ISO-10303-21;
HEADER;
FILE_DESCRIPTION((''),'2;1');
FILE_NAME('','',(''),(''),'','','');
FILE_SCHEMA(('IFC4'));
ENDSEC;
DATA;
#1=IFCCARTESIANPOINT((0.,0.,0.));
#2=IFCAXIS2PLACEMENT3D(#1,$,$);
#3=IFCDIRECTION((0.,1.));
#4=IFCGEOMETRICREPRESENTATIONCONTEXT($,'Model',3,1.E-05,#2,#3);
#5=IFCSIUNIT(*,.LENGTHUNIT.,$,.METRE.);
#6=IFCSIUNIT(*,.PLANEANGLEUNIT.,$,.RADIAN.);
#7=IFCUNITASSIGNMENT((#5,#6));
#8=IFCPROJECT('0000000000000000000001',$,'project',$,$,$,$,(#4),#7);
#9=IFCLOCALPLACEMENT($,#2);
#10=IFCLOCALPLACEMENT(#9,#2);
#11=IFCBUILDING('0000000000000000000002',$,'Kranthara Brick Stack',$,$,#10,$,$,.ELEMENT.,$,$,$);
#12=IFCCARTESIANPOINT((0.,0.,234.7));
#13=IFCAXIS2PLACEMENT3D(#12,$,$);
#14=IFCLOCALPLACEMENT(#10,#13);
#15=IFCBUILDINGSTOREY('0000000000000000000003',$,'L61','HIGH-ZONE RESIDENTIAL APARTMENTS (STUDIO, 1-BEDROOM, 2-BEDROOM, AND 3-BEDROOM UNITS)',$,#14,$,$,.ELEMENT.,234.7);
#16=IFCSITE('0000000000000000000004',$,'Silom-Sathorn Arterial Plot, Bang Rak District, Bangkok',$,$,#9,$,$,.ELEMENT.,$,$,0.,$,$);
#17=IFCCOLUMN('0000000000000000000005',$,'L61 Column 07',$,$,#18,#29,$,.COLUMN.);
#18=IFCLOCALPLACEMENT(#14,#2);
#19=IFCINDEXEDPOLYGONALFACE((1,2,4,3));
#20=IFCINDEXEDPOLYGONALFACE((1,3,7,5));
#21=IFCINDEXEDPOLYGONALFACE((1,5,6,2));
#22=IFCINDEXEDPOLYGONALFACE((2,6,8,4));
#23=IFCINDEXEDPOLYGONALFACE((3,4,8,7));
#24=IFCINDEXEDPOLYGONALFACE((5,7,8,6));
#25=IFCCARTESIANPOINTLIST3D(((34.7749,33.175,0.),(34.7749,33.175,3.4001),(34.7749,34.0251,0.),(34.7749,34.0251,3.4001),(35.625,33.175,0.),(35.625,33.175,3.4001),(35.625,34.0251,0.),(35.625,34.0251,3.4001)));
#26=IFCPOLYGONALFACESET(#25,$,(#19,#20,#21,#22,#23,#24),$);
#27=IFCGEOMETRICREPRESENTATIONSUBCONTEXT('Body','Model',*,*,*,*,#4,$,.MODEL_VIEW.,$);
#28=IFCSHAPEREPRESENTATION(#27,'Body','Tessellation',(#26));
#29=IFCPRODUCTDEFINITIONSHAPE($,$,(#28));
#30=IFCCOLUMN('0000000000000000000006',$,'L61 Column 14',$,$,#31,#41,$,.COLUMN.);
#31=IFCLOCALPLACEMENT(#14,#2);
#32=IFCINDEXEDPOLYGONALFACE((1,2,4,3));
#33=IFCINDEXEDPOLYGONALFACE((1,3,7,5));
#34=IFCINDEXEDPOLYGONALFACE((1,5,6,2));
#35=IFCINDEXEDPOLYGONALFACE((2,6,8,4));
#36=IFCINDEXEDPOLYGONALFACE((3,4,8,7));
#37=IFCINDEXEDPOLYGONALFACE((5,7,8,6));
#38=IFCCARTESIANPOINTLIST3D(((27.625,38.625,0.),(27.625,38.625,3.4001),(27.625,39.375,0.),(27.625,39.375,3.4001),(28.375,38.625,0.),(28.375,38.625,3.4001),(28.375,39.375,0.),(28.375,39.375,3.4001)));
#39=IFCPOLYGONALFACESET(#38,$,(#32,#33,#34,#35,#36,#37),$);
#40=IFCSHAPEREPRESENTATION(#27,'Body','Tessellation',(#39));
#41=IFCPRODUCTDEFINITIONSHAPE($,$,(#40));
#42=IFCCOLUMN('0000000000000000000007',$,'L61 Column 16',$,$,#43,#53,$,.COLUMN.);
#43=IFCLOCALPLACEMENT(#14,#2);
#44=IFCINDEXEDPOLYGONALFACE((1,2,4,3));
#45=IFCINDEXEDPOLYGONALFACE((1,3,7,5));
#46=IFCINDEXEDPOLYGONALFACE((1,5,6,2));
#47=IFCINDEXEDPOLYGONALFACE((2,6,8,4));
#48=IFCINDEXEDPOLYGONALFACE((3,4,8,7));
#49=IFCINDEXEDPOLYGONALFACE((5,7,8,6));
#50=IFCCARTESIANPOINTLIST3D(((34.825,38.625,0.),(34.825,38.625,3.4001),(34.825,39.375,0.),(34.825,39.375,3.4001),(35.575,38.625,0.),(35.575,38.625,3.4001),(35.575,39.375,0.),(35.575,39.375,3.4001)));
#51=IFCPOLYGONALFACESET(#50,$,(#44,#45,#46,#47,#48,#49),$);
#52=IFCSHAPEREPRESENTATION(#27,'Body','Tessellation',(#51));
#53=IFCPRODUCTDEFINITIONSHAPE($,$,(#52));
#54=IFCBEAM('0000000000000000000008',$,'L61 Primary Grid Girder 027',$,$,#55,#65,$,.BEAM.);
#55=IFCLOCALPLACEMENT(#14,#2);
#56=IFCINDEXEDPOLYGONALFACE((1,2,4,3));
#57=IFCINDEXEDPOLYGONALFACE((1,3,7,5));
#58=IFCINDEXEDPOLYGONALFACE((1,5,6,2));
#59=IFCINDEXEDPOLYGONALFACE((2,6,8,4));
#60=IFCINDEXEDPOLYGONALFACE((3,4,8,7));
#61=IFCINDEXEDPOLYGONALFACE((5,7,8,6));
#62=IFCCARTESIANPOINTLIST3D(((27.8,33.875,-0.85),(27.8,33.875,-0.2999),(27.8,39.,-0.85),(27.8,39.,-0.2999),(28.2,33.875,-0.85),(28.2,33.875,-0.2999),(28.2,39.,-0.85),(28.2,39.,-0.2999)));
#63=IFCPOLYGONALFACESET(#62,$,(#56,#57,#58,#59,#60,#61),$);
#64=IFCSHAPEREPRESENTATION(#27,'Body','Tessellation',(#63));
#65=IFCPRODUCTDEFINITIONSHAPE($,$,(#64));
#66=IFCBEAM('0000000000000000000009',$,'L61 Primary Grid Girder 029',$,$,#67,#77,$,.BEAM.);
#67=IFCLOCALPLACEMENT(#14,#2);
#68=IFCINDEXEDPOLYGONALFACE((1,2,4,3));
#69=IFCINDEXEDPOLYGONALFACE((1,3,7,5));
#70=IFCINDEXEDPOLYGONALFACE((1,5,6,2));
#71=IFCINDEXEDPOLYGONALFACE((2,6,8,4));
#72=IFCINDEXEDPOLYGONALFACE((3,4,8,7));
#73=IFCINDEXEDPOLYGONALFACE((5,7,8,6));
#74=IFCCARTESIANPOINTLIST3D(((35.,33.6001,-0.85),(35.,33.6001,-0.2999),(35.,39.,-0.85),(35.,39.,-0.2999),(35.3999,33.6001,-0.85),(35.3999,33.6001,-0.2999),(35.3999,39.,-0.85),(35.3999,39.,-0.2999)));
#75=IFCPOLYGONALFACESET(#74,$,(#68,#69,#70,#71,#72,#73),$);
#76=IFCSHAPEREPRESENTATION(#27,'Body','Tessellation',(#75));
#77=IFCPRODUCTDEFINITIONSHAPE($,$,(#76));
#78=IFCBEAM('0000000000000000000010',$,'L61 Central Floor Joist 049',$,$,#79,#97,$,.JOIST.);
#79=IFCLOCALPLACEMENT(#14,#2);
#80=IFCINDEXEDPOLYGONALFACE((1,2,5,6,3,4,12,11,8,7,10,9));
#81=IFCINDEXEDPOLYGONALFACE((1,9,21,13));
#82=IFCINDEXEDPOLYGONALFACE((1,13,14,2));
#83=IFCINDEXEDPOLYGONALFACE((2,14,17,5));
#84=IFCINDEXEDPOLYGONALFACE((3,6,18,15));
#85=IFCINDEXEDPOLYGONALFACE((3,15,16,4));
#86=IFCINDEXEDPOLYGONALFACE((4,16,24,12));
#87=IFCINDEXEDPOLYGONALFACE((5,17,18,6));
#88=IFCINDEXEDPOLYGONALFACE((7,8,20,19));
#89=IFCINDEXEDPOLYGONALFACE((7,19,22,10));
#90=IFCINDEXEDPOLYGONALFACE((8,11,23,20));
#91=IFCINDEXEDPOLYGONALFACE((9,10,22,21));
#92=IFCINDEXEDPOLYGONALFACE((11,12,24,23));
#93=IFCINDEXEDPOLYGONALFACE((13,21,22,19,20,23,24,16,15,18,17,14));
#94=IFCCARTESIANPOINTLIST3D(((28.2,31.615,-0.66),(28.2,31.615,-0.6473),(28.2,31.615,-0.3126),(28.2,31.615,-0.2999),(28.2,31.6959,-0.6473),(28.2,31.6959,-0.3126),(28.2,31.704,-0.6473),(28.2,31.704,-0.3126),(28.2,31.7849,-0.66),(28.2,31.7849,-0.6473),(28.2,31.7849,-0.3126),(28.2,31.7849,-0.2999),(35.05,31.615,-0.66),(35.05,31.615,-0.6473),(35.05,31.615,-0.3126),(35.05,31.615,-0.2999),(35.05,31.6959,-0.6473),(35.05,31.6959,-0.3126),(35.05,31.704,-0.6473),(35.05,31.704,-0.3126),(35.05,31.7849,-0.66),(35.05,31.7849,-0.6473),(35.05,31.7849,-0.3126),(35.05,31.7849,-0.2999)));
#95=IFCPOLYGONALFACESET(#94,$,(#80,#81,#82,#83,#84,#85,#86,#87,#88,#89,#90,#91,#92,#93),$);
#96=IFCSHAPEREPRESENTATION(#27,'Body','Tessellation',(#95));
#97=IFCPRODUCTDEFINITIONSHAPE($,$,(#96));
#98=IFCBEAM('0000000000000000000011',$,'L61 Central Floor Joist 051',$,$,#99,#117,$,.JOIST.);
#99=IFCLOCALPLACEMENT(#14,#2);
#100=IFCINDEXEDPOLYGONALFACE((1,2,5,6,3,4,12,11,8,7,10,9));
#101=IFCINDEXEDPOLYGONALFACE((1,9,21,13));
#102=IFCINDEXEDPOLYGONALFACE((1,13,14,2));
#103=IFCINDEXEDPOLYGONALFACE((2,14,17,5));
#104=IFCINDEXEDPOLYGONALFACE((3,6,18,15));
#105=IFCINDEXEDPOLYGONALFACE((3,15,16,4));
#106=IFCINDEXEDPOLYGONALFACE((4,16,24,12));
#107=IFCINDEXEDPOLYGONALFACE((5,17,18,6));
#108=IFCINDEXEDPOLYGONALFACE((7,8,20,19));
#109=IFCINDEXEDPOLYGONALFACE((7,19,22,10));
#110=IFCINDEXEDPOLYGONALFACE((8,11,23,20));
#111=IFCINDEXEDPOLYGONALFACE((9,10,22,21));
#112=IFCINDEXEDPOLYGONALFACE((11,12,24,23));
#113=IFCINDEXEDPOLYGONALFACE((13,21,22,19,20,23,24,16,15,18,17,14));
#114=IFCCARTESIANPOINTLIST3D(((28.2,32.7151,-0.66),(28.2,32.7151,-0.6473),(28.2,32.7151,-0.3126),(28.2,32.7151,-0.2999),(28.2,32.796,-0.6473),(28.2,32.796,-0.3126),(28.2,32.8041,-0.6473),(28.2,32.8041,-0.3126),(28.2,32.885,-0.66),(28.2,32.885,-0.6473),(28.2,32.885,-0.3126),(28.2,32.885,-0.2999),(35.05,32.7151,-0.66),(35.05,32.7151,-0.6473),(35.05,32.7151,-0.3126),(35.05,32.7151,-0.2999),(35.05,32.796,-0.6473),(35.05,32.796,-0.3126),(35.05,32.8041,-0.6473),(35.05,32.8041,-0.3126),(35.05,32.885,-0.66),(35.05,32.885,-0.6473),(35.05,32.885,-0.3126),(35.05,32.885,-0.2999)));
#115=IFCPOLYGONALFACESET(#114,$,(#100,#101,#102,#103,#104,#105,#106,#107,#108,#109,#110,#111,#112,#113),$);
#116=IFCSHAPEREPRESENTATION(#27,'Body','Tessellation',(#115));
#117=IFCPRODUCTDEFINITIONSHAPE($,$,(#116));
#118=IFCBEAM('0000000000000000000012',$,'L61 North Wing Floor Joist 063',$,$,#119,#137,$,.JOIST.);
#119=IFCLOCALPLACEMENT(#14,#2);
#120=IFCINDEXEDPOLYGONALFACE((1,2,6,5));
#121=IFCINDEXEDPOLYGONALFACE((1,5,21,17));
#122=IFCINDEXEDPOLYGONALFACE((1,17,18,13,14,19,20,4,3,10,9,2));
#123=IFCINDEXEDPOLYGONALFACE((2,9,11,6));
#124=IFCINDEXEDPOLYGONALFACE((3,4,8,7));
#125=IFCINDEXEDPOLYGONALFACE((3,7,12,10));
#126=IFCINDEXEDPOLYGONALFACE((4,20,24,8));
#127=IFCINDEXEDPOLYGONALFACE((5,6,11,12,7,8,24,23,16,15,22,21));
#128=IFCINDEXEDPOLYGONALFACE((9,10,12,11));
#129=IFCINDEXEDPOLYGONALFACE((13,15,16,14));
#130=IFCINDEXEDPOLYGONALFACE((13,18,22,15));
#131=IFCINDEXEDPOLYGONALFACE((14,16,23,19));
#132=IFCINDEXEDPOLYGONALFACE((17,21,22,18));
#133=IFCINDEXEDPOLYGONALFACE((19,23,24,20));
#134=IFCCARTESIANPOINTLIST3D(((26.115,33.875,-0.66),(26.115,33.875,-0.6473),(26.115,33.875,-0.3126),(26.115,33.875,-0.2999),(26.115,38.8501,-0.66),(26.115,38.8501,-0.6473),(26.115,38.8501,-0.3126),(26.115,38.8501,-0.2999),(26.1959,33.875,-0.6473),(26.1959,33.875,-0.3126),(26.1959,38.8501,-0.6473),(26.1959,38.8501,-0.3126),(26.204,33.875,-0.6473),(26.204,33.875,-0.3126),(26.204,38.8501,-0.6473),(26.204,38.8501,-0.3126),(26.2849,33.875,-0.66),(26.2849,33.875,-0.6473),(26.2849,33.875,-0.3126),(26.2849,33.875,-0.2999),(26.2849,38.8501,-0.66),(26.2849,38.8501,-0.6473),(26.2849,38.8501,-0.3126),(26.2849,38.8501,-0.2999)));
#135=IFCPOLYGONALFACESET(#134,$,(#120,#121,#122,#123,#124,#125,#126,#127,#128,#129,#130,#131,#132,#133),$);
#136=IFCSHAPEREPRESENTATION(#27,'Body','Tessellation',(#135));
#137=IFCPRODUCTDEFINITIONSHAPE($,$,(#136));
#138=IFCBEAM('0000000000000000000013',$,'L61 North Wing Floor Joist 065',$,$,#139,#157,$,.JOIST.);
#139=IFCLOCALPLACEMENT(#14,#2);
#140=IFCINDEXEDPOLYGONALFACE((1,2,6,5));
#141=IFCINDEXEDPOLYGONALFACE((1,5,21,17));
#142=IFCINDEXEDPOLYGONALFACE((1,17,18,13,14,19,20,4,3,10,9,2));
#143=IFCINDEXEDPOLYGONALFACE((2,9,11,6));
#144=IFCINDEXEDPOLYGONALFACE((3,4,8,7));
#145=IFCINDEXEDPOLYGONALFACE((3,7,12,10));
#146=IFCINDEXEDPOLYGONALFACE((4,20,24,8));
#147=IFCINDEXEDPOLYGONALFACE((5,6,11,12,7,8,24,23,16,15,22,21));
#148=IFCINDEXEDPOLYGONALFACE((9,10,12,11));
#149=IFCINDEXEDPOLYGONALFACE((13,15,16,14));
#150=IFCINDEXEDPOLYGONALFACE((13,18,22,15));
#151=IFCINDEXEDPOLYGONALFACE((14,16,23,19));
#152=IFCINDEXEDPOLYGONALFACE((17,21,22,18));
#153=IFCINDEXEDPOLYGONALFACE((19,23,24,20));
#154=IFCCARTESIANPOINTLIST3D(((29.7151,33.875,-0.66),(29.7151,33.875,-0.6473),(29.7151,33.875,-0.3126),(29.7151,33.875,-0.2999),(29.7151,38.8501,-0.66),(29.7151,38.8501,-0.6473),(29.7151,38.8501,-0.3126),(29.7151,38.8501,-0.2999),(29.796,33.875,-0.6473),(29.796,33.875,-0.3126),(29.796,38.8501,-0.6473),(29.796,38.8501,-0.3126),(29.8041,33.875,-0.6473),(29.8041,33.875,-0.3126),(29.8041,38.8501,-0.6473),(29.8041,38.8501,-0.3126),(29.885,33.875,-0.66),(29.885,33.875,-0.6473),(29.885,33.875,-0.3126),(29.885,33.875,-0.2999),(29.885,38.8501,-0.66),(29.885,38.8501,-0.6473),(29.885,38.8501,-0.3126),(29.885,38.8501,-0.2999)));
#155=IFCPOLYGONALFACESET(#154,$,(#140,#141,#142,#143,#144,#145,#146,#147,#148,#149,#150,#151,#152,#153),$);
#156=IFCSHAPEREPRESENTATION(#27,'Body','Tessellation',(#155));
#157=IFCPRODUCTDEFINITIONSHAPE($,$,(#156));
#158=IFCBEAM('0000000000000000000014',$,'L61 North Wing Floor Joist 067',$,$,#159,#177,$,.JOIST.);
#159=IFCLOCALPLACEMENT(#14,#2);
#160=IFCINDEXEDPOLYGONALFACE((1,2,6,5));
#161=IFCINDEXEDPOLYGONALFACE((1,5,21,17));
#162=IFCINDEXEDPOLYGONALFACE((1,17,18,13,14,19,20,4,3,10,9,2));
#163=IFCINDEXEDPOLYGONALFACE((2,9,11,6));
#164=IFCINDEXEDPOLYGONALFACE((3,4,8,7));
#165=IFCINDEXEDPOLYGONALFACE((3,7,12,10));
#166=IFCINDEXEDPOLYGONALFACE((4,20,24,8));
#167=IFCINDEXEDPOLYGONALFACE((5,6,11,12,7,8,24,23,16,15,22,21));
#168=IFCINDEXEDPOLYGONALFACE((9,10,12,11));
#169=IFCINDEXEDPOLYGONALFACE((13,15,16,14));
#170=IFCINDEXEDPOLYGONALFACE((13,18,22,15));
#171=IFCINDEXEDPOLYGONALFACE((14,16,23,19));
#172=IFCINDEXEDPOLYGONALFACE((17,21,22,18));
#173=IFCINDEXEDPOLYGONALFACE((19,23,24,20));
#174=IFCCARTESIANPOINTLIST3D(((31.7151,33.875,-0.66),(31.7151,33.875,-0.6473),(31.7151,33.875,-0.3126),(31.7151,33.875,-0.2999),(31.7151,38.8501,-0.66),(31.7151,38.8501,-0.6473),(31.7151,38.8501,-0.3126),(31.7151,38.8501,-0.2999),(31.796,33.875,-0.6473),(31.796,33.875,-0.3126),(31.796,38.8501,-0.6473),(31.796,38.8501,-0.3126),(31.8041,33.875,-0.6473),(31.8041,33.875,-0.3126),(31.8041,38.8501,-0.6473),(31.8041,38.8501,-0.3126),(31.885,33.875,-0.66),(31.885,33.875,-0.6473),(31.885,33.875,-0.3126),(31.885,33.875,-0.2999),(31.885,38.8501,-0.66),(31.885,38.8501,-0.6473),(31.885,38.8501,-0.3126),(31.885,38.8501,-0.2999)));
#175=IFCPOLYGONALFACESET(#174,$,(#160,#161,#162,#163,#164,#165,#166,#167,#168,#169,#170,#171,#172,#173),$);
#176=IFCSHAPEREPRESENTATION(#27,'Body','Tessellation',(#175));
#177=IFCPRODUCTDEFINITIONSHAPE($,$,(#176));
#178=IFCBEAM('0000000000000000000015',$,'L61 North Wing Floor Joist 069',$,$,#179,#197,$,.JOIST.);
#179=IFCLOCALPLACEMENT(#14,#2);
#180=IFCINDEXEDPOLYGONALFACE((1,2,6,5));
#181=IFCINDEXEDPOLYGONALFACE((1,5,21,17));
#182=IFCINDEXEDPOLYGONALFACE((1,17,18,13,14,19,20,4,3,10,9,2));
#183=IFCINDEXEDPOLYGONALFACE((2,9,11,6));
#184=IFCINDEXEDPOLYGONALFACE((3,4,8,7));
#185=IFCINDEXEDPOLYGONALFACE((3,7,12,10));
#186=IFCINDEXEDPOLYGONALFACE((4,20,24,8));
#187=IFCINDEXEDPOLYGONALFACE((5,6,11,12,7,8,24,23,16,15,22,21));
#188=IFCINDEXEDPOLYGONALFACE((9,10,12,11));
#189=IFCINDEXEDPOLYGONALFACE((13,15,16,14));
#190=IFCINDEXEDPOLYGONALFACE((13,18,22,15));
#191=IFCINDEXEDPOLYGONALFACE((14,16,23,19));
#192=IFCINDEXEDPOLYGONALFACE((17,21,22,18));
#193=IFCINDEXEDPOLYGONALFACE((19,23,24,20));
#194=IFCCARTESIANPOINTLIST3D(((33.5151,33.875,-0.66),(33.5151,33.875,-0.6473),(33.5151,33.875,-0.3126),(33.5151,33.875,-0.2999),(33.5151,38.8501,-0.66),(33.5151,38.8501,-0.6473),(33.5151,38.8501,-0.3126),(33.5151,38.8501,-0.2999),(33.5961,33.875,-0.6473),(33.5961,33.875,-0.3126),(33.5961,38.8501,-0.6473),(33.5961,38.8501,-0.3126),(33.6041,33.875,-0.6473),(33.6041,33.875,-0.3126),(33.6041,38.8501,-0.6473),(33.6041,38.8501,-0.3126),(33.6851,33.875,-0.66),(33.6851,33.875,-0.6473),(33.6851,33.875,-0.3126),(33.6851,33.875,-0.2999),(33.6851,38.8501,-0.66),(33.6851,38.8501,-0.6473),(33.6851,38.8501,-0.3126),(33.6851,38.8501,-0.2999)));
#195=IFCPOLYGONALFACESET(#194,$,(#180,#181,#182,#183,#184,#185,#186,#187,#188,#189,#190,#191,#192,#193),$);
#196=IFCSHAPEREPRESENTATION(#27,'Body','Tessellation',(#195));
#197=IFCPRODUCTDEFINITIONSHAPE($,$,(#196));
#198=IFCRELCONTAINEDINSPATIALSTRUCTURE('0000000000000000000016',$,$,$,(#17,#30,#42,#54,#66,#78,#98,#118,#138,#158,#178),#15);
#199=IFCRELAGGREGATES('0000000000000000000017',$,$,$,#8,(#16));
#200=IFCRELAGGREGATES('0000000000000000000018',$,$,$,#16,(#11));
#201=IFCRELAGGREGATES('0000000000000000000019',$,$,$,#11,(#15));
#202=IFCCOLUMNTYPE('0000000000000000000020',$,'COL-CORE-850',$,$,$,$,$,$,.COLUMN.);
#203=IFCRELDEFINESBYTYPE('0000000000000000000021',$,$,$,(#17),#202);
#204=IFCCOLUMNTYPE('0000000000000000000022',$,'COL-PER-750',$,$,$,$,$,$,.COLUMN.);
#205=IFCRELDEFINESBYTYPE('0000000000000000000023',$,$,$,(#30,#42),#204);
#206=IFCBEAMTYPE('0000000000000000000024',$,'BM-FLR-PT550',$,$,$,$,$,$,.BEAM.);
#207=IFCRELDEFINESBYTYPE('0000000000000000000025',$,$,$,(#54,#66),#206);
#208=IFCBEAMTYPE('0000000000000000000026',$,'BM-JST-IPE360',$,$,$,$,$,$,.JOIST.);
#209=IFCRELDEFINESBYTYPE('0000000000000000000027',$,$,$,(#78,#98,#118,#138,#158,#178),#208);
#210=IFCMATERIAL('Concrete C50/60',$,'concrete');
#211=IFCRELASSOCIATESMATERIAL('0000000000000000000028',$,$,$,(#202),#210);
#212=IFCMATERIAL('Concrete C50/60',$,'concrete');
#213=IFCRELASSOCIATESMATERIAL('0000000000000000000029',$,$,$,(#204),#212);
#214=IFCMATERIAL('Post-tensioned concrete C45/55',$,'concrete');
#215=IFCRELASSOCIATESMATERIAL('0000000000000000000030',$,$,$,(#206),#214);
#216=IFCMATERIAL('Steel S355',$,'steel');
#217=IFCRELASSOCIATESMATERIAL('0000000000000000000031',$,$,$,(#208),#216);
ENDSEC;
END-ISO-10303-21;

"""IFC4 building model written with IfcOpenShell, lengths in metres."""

from ifc_helpers import new_model, si_unit, direction, frame, origin, origin_2d, place, context, subcontext, project, spatial, rectangle, i_section, extrude, material, material_profile, profile_set, type_object, element, save


model = new_model("IFC4")

# Units and contexts
model_context = context("Model", 3, precision=1e-05, world=origin(), true_north=direction((0.0, 1.0)))
body_context = subcontext(model_context, "Body", "Model", "MODEL_VIEW")
ifc_project = project(units=[si_unit("LENGTHUNIT", "METRE"), si_unit("PLANEANGLEUNIT", "RADIAN")], contexts=[model_context])

# Site, building, storey
site_placement = place(None, origin())
site = spatial("IfcSite", under=ifc_project, at=site_placement, Name="Silom-Sathorn Arterial Plot, Bang Rak District, Bangkok", CompositionType="ELEMENT", RefElevation=0.0)
building_placement = place(site_placement, origin())
building = spatial("IfcBuilding", under=site, at=building_placement, Name="Kranthara Brick Stack", CompositionType="ELEMENT")
storey_placement = place(building_placement, frame((0.0, 0.0, 234.7)))
storey = spatial("IfcBuildingStorey", under=building, at=storey_placement, Name="L61", Description="HIGH-ZONE RESIDENTIAL APARTMENTS (STUDIO, 1-BEDROOM, 2-BEDROOM, AND 3-BEDROOM UNITS)", CompositionType="ELEMENT", Elevation=234.7)

# Columns
ifc_material_1 = material(Name="Concrete C50/60", Category="concrete")
ifc_material_profile_1 = material_profile(ifc_material_1, rectangle(XDim=0.8501, YDim=0.8501, at=origin_2d()), Name="RC 850x850")
ifc_profile_set_1 = profile_set([ifc_material_profile_1], Name="Concrete C50/60")
column_type_1 = type_object("IfcColumnType", Name="COL-CORE-850", PredefinedType="COLUMN", material=ifc_profile_set_1)
column_placement = place(storey_placement, frame((35.2, 33.6001, 0.0), z_axis=(0.0, 0.0, 1.0), x_axis=(1.0, 0.0, 0.0)))
element("IfcColumn", 1, at=column_placement, inside=storey, type_object=column_type_1, Name="L61 Column 07", PredefinedType="COLUMN", context=body_context, shape_type="SweptSolid", body=[
    extrude(rectangle(XDim=0.8501, YDim=0.8501, at=origin_2d()), origin(), (0.0, 0.0, 1.0), 3.4001),
])
ifc_material_2 = material(Name="Concrete C50/60", Category="concrete")
ifc_material_profile_2 = material_profile(ifc_material_2, rectangle(XDim=0.75, YDim=0.75, at=origin_2d()), Name="RC 750x750")
ifc_profile_set_2 = profile_set([ifc_material_profile_2], Name="Concrete C50/60")
column_type_2 = type_object("IfcColumnType", Name="COL-PER-750", PredefinedType="COLUMN", material=ifc_profile_set_2)
for number, where, z_axis, x_axis, name in (
    (2, (28.0, 39.0, 0.0), (0.0, 0.0, 1.0), (1.0, 0.0, 0.0), "L61 Column 14"),
    (3, (35.2, 39.0, 0.0), (0.0, 0.0, 1.0), (1.0, 0.0, 0.0), "L61 Column 16"),
):
    element("IfcColumn", number, at=place(storey_placement, frame(where, z_axis=z_axis, x_axis=x_axis)), inside=storey, type_object=column_type_2, Name=name, PredefinedType="COLUMN", context=body_context, shape_type="SweptSolid", body=[
        extrude(rectangle(XDim=0.75, YDim=0.75, at=origin_2d()), origin(), (0.0, 0.0, 1.0), 3.4001),
    ])

# Beams
ifc_material_3 = material(Name="Post-tensioned concrete C45/55", Category="concrete")
ifc_material_profile_3 = material_profile(ifc_material_3, rectangle(XDim=0.3999, YDim=0.55, at=origin_2d()), Name="PT 400x550")
ifc_profile_set_3 = profile_set([ifc_material_profile_3], Name="Post-tensioned concrete C45/55")
beam_type_1 = type_object("IfcBeamType", Name="BM-FLR-PT550", PredefinedType="BEAM", material=ifc_profile_set_3)
beam_1_placement = place(storey_placement, frame((28.0, 33.875, -0.575), z_axis=(0.0, 1.0, 0.0), x_axis=(-1.0, 0.0, 0.0)))
element("IfcBeam", 4, at=beam_1_placement, inside=storey, type_object=beam_type_1, Name="L61 Primary Grid Girder 027", PredefinedType="BEAM", context=body_context, shape_type="SweptSolid", body=[
    extrude(rectangle(XDim=0.3999, YDim=0.55, at=origin_2d()), origin(), (0.0, 0.0, 1.0), 5.125),
])
beam_2_placement = place(storey_placement, frame((35.2, 33.6001, -0.575), z_axis=(0.0, 1.0, 0.0), x_axis=(-1.0, 0.0, 0.0)))
element("IfcBeam", 5, at=beam_2_placement, inside=storey, type_object=beam_type_1, Name="L61 Primary Grid Girder 029", PredefinedType="BEAM", context=body_context, shape_type="SweptSolid", body=[
    extrude(rectangle(XDim=0.3999, YDim=0.55, at=origin_2d()), origin(), (0.0, 0.0, 1.0), 5.3999),
])
ifc_material_4 = material(Name="Steel S355", Category="steel")
ifc_material_profile_4 = material_profile(ifc_material_4, i_section(OverallWidth=0.1699, OverallDepth=0.3601, WebThickness=0.0081, FlangeThickness=0.0127, at=origin_2d()), Name="IPE 360")
ifc_profile_set_4 = profile_set([ifc_material_profile_4], Name="Steel S355")
beam_type_2 = type_object("IfcBeamType", Name="BM-JST-IPE360", PredefinedType="JOIST", material=ifc_profile_set_4)
for number, where, z_axis, x_axis, name in (
    (6, (28.2, 31.7, -0.48), (1.0, 0.0, 0.0), (0.0, 1.0, 0.0), "L61 Central Floor Joist 049"),
    (7, (28.2, 32.8, -0.48), (1.0, 0.0, 0.0), (0.0, 1.0, 0.0), "L61 Central Floor Joist 051"),
):
    element("IfcBeam", number, at=place(storey_placement, frame(where, z_axis=z_axis, x_axis=x_axis)), inside=storey, type_object=beam_type_2, Name=name, PredefinedType="JOIST", context=body_context, shape_type="SweptSolid", body=[
        extrude(i_section(OverallWidth=0.1699, OverallDepth=0.3601, WebThickness=0.0081, FlangeThickness=0.0127, at=origin_2d()), origin(), (0.0, 0.0, 1.0), 6.8501),
    ])
for number, where, z_axis, x_axis, name in (
    (8, (26.2, 33.875, -0.48), (0.0, 1.0, 0.0), (-1.0, 0.0, 0.0), "L61 North Wing Floor Joist 063"),
    (9, (29.8, 33.875, -0.48), (0.0, 1.0, 0.0), (-1.0, 0.0, 0.0), "L61 North Wing Floor Joist 065"),
    (10, (31.8, 33.875, -0.48), (0.0, 1.0, 0.0), (-1.0, 0.0, 0.0), "L61 North Wing Floor Joist 067"),
    (11, (33.6001, 33.875, -0.48), (0.0, 1.0, 0.0), (-1.0, 0.0, 0.0), "L61 North Wing Floor Joist 069"),
):
    element("IfcBeam", number, at=place(storey_placement, frame(where, z_axis=z_axis, x_axis=x_axis)), inside=storey, type_object=beam_type_2, Name=name, PredefinedType="JOIST", context=body_context, shape_type="SweptSolid", body=[
        extrude(i_section(OverallWidth=0.1699, OverallDepth=0.3601, WebThickness=0.0081, FlangeThickness=0.0127, at=origin_2d()), origin(), (0.0, 0.0, 1.0), 4.9751),
    ])

save(model, "model.ifc")
